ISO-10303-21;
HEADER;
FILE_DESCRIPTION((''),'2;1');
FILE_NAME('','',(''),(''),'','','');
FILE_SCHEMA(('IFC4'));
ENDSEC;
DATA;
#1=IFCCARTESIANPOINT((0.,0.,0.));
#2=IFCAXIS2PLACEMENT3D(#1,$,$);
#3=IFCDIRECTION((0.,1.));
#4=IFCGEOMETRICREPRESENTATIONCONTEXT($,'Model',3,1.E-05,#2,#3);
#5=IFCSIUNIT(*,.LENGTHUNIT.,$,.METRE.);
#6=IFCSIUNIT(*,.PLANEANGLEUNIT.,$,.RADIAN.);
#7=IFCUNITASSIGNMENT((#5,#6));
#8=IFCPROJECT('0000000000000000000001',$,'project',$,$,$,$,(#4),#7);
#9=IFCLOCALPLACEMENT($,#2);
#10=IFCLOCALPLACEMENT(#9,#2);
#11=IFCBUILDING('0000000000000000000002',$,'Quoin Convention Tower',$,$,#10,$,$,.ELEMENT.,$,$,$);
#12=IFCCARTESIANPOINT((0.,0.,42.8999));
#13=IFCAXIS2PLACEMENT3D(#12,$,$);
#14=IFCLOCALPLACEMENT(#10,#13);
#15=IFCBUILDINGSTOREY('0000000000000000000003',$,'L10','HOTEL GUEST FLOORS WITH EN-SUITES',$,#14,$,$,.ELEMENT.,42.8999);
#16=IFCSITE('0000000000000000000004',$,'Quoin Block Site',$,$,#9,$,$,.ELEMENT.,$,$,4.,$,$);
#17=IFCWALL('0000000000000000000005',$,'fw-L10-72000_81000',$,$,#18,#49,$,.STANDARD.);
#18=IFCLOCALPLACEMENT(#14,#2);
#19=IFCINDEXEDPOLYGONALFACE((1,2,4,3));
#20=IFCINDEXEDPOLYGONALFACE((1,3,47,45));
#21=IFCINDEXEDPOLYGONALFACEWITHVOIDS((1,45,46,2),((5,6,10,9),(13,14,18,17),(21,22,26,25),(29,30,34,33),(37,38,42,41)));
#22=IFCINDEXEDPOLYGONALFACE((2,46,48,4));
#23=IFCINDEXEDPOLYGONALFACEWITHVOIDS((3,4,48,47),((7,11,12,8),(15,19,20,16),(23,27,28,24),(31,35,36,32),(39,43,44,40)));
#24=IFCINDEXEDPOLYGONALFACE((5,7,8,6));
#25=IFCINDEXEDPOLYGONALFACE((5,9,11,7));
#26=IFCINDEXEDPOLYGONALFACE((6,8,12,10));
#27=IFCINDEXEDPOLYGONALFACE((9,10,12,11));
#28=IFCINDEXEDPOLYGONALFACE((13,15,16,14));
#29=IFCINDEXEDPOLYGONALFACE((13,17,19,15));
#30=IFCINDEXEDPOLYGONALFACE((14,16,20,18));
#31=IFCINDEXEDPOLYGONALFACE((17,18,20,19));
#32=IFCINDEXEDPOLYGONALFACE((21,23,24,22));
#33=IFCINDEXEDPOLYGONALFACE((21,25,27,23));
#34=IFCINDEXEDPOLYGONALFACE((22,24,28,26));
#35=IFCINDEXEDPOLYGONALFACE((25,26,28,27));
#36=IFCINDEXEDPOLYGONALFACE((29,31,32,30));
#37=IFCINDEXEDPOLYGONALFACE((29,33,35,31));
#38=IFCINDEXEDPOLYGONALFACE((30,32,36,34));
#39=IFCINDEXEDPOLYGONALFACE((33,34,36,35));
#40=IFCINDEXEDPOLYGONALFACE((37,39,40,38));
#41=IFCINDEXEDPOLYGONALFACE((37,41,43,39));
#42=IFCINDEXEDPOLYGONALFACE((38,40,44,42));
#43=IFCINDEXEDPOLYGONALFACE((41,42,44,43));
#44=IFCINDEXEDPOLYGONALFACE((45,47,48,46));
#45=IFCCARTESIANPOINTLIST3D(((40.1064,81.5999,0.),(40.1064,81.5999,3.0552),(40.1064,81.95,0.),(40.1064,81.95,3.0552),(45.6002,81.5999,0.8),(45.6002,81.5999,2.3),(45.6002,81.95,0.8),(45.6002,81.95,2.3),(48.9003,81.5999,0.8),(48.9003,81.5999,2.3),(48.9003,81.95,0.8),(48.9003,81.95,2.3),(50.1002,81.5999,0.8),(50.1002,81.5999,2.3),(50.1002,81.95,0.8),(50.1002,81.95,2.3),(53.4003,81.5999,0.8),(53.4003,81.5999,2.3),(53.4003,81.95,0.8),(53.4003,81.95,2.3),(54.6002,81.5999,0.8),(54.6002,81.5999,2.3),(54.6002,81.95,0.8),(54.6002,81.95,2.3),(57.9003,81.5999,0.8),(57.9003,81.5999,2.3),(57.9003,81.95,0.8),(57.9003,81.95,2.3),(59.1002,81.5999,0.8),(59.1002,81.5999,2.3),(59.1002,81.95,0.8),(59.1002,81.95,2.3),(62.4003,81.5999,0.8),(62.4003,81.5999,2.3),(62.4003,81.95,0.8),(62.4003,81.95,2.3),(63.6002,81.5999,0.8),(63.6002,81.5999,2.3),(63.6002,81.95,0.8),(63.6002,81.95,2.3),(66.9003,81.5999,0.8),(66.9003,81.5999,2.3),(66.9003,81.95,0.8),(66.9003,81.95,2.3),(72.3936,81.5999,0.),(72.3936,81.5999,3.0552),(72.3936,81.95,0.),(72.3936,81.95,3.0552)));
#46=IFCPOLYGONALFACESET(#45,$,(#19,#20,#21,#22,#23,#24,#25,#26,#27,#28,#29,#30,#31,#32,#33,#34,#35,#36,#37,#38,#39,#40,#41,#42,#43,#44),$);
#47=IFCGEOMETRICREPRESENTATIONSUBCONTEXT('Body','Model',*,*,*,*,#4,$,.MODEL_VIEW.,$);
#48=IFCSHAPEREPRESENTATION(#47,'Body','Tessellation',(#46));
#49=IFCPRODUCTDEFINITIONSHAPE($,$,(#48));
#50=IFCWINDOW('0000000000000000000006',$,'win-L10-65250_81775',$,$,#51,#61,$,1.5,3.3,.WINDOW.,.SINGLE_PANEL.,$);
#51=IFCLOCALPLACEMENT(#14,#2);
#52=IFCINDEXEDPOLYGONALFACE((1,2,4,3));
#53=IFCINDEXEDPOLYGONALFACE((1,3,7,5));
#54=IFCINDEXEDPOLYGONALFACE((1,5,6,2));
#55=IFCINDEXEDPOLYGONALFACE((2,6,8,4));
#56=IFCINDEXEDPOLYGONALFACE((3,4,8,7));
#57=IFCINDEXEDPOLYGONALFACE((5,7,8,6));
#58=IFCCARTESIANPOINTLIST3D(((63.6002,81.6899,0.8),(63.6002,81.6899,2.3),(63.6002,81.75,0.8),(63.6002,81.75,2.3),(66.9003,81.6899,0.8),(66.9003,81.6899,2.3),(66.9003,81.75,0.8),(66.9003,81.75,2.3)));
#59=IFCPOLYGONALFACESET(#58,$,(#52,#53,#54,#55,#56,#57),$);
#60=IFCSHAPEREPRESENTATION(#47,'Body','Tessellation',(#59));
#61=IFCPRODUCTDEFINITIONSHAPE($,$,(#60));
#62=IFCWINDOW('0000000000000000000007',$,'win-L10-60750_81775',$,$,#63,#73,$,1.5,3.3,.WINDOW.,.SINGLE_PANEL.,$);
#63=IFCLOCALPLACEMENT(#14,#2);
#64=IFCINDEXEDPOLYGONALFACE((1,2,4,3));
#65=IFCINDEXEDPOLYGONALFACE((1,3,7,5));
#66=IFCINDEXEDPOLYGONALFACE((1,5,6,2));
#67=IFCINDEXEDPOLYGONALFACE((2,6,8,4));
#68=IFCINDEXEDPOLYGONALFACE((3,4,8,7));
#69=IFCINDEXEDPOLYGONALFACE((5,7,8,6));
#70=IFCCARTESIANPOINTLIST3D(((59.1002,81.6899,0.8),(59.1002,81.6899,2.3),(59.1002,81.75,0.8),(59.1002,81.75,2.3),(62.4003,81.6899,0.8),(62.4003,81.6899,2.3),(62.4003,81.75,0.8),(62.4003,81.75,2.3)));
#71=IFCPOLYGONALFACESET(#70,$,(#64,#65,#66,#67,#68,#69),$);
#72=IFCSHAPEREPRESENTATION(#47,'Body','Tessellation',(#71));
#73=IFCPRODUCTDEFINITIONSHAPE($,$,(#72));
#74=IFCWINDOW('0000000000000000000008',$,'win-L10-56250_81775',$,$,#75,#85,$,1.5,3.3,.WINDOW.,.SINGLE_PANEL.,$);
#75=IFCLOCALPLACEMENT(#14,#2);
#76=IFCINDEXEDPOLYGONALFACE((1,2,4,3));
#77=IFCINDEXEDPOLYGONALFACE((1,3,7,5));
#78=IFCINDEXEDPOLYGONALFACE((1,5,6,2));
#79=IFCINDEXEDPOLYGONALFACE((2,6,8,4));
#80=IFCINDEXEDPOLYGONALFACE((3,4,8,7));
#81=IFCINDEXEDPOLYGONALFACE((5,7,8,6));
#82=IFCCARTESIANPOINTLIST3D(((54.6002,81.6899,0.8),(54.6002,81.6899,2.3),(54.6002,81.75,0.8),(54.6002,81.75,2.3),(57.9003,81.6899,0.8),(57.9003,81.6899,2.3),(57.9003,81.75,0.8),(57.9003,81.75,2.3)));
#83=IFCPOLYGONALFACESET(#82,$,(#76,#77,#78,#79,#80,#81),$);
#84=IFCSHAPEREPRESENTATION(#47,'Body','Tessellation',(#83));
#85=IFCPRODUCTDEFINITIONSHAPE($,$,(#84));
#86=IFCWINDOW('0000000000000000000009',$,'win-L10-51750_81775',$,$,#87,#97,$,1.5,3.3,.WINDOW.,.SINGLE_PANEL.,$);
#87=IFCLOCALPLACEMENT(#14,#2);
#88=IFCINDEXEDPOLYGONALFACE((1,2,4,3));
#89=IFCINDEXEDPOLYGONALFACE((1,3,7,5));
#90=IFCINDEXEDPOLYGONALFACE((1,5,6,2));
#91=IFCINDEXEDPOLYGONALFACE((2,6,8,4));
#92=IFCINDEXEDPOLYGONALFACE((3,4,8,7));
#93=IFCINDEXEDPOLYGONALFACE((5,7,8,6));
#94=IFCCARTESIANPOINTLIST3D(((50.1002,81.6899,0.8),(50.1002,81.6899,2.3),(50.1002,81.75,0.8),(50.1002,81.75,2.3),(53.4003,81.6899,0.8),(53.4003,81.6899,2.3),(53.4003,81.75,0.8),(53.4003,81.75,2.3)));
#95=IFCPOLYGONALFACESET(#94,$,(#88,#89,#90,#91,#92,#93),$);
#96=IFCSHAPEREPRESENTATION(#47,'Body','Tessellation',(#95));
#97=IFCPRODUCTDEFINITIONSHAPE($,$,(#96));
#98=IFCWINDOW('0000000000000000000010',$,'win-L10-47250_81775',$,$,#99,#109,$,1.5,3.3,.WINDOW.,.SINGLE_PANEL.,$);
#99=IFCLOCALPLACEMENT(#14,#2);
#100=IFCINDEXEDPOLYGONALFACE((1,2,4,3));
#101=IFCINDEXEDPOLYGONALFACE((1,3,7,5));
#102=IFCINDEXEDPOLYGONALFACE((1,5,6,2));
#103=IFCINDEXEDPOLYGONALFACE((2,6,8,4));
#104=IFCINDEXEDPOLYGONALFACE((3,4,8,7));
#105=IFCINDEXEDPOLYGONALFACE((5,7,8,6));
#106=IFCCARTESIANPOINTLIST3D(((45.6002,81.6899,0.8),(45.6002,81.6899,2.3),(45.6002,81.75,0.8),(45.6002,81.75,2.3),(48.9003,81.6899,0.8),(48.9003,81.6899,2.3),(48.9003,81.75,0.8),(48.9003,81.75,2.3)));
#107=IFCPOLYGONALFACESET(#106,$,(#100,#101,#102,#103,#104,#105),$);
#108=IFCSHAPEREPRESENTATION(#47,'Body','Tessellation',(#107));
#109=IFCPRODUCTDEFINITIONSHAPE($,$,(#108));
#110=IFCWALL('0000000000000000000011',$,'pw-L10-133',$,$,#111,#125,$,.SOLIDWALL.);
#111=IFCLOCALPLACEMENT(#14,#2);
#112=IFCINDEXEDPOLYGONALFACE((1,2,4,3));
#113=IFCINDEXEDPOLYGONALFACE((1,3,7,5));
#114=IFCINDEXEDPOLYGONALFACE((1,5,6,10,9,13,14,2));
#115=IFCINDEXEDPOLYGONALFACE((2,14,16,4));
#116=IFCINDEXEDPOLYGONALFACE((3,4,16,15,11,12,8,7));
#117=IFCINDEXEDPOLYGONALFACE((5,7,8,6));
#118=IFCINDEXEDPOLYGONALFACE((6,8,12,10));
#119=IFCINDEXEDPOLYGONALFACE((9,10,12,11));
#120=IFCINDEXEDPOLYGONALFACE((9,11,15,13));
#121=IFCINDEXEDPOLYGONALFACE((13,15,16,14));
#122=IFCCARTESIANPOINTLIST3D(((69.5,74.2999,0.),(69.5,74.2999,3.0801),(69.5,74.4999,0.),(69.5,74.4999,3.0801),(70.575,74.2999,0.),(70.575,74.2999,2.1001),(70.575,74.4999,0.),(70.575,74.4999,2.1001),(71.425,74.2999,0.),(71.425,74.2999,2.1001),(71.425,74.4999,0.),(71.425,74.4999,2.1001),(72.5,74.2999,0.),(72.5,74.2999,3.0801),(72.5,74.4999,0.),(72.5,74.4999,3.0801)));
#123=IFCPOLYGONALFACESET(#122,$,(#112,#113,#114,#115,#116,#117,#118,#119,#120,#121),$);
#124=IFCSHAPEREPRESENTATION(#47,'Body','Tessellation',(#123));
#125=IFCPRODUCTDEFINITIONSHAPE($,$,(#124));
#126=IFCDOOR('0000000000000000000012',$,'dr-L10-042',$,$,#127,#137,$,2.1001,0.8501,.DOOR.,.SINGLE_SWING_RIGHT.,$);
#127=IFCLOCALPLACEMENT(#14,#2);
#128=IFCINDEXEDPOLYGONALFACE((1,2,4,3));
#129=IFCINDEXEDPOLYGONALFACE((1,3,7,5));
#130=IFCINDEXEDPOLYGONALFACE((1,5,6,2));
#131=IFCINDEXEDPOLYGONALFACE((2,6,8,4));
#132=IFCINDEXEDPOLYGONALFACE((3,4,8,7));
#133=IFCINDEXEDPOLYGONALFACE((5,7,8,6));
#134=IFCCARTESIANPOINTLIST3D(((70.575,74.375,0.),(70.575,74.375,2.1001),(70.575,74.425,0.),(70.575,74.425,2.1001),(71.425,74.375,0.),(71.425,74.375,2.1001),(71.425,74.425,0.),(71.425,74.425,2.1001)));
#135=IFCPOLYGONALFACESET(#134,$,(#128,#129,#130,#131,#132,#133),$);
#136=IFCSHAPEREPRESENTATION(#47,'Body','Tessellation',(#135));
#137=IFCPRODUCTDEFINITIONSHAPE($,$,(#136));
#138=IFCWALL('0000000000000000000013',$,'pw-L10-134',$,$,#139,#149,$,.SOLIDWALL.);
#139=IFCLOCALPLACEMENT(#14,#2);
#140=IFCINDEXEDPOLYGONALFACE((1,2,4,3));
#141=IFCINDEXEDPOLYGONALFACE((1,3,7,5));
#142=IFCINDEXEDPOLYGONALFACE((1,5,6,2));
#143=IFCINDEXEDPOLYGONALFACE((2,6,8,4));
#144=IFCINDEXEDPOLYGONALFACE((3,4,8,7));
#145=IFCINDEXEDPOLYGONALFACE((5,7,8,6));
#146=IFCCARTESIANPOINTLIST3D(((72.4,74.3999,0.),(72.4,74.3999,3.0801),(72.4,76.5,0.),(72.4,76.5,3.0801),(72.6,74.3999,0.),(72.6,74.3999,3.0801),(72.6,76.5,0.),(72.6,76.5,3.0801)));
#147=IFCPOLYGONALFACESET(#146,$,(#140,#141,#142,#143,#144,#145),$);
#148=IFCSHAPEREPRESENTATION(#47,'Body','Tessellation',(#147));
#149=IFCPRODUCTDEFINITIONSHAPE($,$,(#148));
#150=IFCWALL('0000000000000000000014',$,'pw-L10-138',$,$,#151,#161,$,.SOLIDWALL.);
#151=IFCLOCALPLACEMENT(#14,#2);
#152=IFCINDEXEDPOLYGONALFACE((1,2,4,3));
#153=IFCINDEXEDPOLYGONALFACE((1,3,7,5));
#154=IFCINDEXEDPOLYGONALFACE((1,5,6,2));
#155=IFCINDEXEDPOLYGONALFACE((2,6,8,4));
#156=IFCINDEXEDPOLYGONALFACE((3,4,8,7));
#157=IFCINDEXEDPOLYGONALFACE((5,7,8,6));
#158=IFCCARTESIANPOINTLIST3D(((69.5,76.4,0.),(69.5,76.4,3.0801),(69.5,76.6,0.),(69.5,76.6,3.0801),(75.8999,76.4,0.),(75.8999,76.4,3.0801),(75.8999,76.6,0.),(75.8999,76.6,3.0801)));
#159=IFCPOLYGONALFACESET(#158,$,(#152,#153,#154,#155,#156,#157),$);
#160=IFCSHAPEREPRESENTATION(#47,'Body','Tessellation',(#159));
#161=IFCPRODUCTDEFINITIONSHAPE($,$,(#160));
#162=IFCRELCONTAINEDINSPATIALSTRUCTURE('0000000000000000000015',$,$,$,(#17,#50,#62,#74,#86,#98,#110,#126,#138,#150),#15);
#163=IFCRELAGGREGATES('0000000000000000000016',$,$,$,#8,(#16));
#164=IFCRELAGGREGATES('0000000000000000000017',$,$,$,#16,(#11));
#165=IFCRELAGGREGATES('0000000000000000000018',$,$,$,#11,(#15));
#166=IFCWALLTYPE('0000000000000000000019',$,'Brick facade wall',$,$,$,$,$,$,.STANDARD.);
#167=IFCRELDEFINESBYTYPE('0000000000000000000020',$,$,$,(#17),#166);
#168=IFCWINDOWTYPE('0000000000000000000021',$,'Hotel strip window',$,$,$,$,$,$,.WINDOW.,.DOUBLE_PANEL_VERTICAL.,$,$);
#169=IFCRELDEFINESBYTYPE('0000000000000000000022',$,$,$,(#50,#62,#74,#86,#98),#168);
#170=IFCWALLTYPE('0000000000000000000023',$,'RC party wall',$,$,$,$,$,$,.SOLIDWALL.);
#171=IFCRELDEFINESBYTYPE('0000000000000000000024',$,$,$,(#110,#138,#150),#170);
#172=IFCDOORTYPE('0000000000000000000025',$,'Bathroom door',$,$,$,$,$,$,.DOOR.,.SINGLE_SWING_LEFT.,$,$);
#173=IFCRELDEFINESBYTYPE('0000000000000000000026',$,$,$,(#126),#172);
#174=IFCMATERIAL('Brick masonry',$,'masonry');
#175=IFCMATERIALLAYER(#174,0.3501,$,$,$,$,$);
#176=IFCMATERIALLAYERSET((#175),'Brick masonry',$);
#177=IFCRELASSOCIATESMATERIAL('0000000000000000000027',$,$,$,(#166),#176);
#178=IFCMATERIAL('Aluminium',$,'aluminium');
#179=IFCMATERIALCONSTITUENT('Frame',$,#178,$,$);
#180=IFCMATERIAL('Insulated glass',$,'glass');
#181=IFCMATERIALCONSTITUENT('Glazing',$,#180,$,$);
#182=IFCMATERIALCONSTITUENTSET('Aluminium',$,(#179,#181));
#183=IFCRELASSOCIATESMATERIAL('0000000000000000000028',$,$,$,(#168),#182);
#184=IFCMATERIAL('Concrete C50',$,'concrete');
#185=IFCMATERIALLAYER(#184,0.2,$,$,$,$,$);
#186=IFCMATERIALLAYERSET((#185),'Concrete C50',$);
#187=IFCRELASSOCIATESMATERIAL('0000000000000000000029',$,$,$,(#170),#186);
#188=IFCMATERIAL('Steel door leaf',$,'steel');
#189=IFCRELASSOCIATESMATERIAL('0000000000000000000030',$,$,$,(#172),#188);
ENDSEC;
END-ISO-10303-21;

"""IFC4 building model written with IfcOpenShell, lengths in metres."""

from ifc_helpers import new_model, si_unit, direction, frame, frame_2d, origin, place, context, subcontext, project, spatial, rectangle, extrude, material, layer, layer_set, constituent, constituent_set, type_object, element, fill, save


model = new_model("IFC4")

# Units and contexts
model_context = context("Model", 3, precision=1e-05, world=origin(), true_north=direction((0.0, 1.0)))
body_context = subcontext(model_context, "Body", "Model", "MODEL_VIEW")
ifc_project = project(units=[si_unit("LENGTHUNIT", "METRE"), si_unit("PLANEANGLEUNIT", "RADIAN")], contexts=[model_context])

# Site, building, storey
site_placement = place(None, origin())
site = spatial("IfcSite", under=ifc_project, at=site_placement, Name="Quoin Block Site", CompositionType="ELEMENT", RefElevation=4.0)
building_placement = place(site_placement, origin())
building = spatial("IfcBuilding", under=site, at=building_placement, Name="Quoin Convention Tower", CompositionType="ELEMENT")
storey_placement = place(building_placement, frame((0.0, 0.0, 42.8999)))
storey = spatial("IfcBuildingStorey", under=building, at=storey_placement, Name="L10", Description="HOTEL GUEST FLOORS WITH EN-SUITES", CompositionType="ELEMENT", Elevation=42.8999)

# Shared definitions
ifc_material_1 = material(Name="Brick masonry", Category="masonry")
ifc_layer_1 = layer(ifc_material_1, 0.3501)
ifc_layer_set_1 = layer_set([ifc_layer_1], Name="Brick masonry")
wall_type_1 = type_object("IfcWallType", Name="Brick facade wall", PredefinedType="STANDARD", material=ifc_layer_set_1)
ifc_material_2 = material(Name="Aluminium", Category="aluminium")
ifc_constituent_1 = constituent(ifc_material_2, Name="Frame")
ifc_material_3 = material(Name="Insulated glass", Category="glass")
ifc_constituent_2 = constituent(ifc_material_3, Name="Glazing")
ifc_constituent_set = constituent_set(constituents=[ifc_constituent_1, ifc_constituent_2], Name="Aluminium")
window_type = type_object("IfcWindowType", Name="Hotel strip window", PartitioningType="DOUBLE_PANEL_VERTICAL", PredefinedType="WINDOW", material=ifc_constituent_set)

# Wall, openings, windows
wall_1_placement = place(storey_placement, frame((72.3936, 81.7749, 0.0), z_axis=(0.0, 0.0, 1.0), x_axis=(-1.0, 0.0, 0.0)))
wall_1 = element("IfcWall", 1, at=wall_1_placement, inside=storey, type_object=wall_type_1, Name="fw-L10-72000_81000", PredefinedType="STANDARD", context=body_context, shape_type="SweptSolid", body=[
    extrude(rectangle(XDim=32.2871, YDim=0.3501, at=frame_2d((16.1436, 0.0))), origin(), (0.0, 0.0, 1.0), 3.0552),
])
opening_1_placement = place(wall_1_placement, frame((5.4934, 0.0, 0.8)))
opening_1 = element("IfcOpeningElement", 2, at=opening_1_placement, cuts=wall_1, PredefinedType="OPENING", context=body_context, shape_type="SweptSolid", body=[
    extrude(rectangle(XDim=3.3, YDim=1.5, at=frame_2d((1.6499, 0.75))), frame((0.0, 0.1851, 0.0), z_axis=(0.0, -1.0, 0.0), x_axis=(1.0, 0.0, 0.0)), (0.0, 0.0, 1.0), 0.3701),
])
opening_2_placement = place(wall_1_placement, frame((9.9934, 0.0, 0.8)))
opening_2 = element("IfcOpeningElement", 3, at=opening_2_placement, cuts=wall_1, PredefinedType="OPENING", context=body_context, shape_type="SweptSolid", body=[
    extrude(rectangle(XDim=3.3, YDim=1.5, at=frame_2d((1.6499, 0.75))), frame((0.0, 0.1851, 0.0), z_axis=(0.0, -1.0, 0.0), x_axis=(1.0, 0.0, 0.0)), (0.0, 0.0, 1.0), 0.3701),
])
opening_3_placement = place(wall_1_placement, frame((14.4934, 0.0, 0.8)))
opening_3 = element("IfcOpeningElement", 4, at=opening_3_placement, cuts=wall_1, PredefinedType="OPENING", context=body_context, shape_type="SweptSolid", body=[
    extrude(rectangle(XDim=3.3, YDim=1.5, at=frame_2d((1.6499, 0.75))), frame((0.0, 0.1851, 0.0), z_axis=(0.0, -1.0, 0.0), x_axis=(1.0, 0.0, 0.0)), (0.0, 0.0, 1.0), 0.3701),
])
opening_4_placement = place(wall_1_placement, frame((18.9934, 0.0, 0.8)))
opening_4 = element("IfcOpeningElement", 5, at=opening_4_placement, cuts=wall_1, PredefinedType="OPENING", context=body_context, shape_type="SweptSolid", body=[
    extrude(rectangle(XDim=3.3, YDim=1.5, at=frame_2d((1.6499, 0.75))), frame((0.0, 0.1851, 0.0), z_axis=(0.0, -1.0, 0.0), x_axis=(1.0, 0.0, 0.0)), (0.0, 0.0, 1.0), 0.3701),
])
opening_5_placement = place(wall_1_placement, frame((23.4934, 0.0, 0.8)))
opening_5 = element("IfcOpeningElement", 6, at=opening_5_placement, cuts=wall_1, PredefinedType="OPENING", context=body_context, shape_type="SweptSolid", body=[
    extrude(rectangle(XDim=3.3, YDim=1.5, at=frame_2d((1.6499, 0.75))), frame((0.0, 0.1851, 0.0), z_axis=(0.0, -1.0, 0.0), x_axis=(1.0, 0.0, 0.0)), (0.0, 0.0, 1.0), 0.3701),
])
window_1_placement = place(opening_1_placement, origin())
window_1 = element("IfcWindow", 7, at=window_1_placement, inside=storey, type_object=window_type, Name="win-L10-65250_81775", OverallHeight=1.5, OverallWidth=3.3, PartitioningType="SINGLE_PANEL", PredefinedType="WINDOW", context=body_context, shape_type="SweptSolid", body=[
    extrude(rectangle(XDim=3.3, YDim=1.5, at=frame_2d((1.6499, 0.75))), frame((0.0, 0.085, 0.0), z_axis=(0.0, -1.0, 0.0), x_axis=(1.0, 0.0, 0.0)), (0.0, 0.0, 1.0), 0.0601),
])
fill(opening_1, window_1)
window_2_placement = place(opening_2_placement, origin())
window_2 = element("IfcWindow", 8, at=window_2_placement, inside=storey, type_object=window_type, Name="win-L10-60750_81775", OverallHeight=1.5, OverallWidth=3.3, PartitioningType="SINGLE_PANEL", PredefinedType="WINDOW", context=body_context, shape_type="SweptSolid", body=[
    extrude(rectangle(XDim=3.3, YDim=1.5, at=frame_2d((1.6499, 0.75))), frame((0.0, 0.085, 0.0), z_axis=(0.0, -1.0, 0.0), x_axis=(1.0, 0.0, 0.0)), (0.0, 0.0, 1.0), 0.0601),
])
fill(opening_2, window_2)
window_3_placement = place(opening_3_placement, origin())
window_3 = element("IfcWindow", 9, at=window_3_placement, inside=storey, type_object=window_type, Name="win-L10-56250_81775", OverallHeight=1.5, OverallWidth=3.3, PartitioningType="SINGLE_PANEL", PredefinedType="WINDOW", context=body_context, shape_type="SweptSolid", body=[
    extrude(rectangle(XDim=3.3, YDim=1.5, at=frame_2d((1.6499, 0.75))), frame((0.0, 0.085, 0.0), z_axis=(0.0, -1.0, 0.0), x_axis=(1.0, 0.0, 0.0)), (0.0, 0.0, 1.0), 0.0601),
])
fill(opening_3, window_3)
window_4_placement = place(opening_4_placement, origin())
window_4 = element("IfcWindow", 10, at=window_4_placement, inside=storey, type_object=window_type, Name="win-L10-51750_81775", OverallHeight=1.5, OverallWidth=3.3, PartitioningType="SINGLE_PANEL", PredefinedType="WINDOW", context=body_context, shape_type="SweptSolid", body=[
    extrude(rectangle(XDim=3.3, YDim=1.5, at=frame_2d((1.6499, 0.75))), frame((0.0, 0.085, 0.0), z_axis=(0.0, -1.0, 0.0), x_axis=(1.0, 0.0, 0.0)), (0.0, 0.0, 1.0), 0.0601),
])
fill(opening_4, window_4)
window_5_placement = place(opening_5_placement, origin())
window_5 = element("IfcWindow", 11, at=window_5_placement, inside=storey, type_object=window_type, Name="win-L10-47250_81775", OverallHeight=1.5, OverallWidth=3.3, PartitioningType="SINGLE_PANEL", PredefinedType="WINDOW", context=body_context, shape_type="SweptSolid", body=[
    extrude(rectangle(XDim=3.3, YDim=1.5, at=frame_2d((1.6499, 0.75))), frame((0.0, 0.085, 0.0), z_axis=(0.0, -1.0, 0.0), x_axis=(1.0, 0.0, 0.0)), (0.0, 0.0, 1.0), 0.0601),
])
fill(opening_5, window_5)

# Wall, opening, door
ifc_material_4 = material(Name="Concrete C50", Category="concrete")
ifc_layer_2 = layer(ifc_material_4, 0.2)
ifc_layer_set_2 = layer_set([ifc_layer_2], Name="Concrete C50")
wall_type_2 = type_object("IfcWallType", Name="RC party wall", PredefinedType="SOLIDWALL", material=ifc_layer_set_2)
wall_2_placement = place(storey_placement, frame((69.5, 74.3999, 0.0), z_axis=(0.0, 0.0, 1.0), x_axis=(1.0, 0.0, 0.0)))
wall_2 = element("IfcWall", 12, at=wall_2_placement, inside=storey, type_object=wall_type_2, Name="pw-L10-133", PredefinedType="SOLIDWALL", context=body_context, shape_type="SweptSolid", body=[
    extrude(rectangle(XDim=3.0, YDim=0.2, at=frame_2d((1.5, 0.0))), origin(), (0.0, 0.0, 1.0), 3.0801),
])
opening_6_placement = place(wall_2_placement, frame((1.075, 0.0, 0.0)))
opening_6 = element("IfcOpeningElement", 13, at=opening_6_placement, cuts=wall_2, PredefinedType="OPENING", context=body_context, shape_type="SweptSolid", body=[
    extrude(rectangle(XDim=0.8501, YDim=2.1001, at=frame_2d((0.425, 1.05))), frame((0.0, 0.1099, 0.0), z_axis=(0.0, -1.0, 0.0), x_axis=(1.0, 0.0, 0.0)), (0.0, 0.0, 1.0), 0.22),
])
ifc_material_5 = material(Name="Steel door leaf", Category="steel")
door_type = type_object("IfcDoorType", Name="Bathroom door", OperationType="SINGLE_SWING_LEFT", PredefinedType="DOOR", material=ifc_material_5)
door_1_placement = place(opening_6_placement, frame((0.8501, 0.0, 0.0), z_axis=(0.0, 0.0, 1.0), x_axis=(-1.0, 0.0, 0.0)))
door_1 = element("IfcDoor", 14, at=door_1_placement, inside=storey, type_object=door_type, Name="dr-L10-042", OperationType="SINGLE_SWING_RIGHT", OverallHeight=2.1001, OverallWidth=0.8501, PredefinedType="DOOR", context=body_context, shape_type="SweptSolid", body=[
    extrude(rectangle(XDim=0.8501, YDim=2.1001, at=frame_2d((0.425, 1.05))), frame((0.0, 0.0249, 0.0), z_axis=(0.0, -1.0, 0.0), x_axis=(1.0, 0.0, 0.0)), (0.0, 0.0, 1.0), 0.05),
])
fill(opening_6, door_1)

# Walls
wall_3_placement = place(storey_placement, frame((72.5, 74.3999, 0.0), z_axis=(0.0, 0.0, 1.0), x_axis=(0.0, 1.0, 0.0)))
element("IfcWall", 15, at=wall_3_placement, inside=storey, type_object=wall_type_2, Name="pw-L10-134", PredefinedType="SOLIDWALL", context=body_context, shape_type="SweptSolid", body=[
    extrude(rectangle(XDim=2.1001, YDim=0.2, at=frame_2d((1.05, 0.0))), origin(), (0.0, 0.0, 1.0), 3.0801),
])
wall_4_placement = place(storey_placement, frame((69.5, 76.5, 0.0), z_axis=(0.0, 0.0, 1.0), x_axis=(1.0, 0.0, 0.0)))
element("IfcWall", 16, at=wall_4_placement, inside=storey, type_object=wall_type_2, Name="pw-L10-138", PredefinedType="SOLIDWALL", context=body_context, shape_type="SweptSolid", body=[
    extrude(rectangle(XDim=6.3999, YDim=0.2, at=frame_2d((3.2, 0.0))), origin(), (0.0, 0.0, 1.0), 3.0801),
])

save(model, "model.ifc")
